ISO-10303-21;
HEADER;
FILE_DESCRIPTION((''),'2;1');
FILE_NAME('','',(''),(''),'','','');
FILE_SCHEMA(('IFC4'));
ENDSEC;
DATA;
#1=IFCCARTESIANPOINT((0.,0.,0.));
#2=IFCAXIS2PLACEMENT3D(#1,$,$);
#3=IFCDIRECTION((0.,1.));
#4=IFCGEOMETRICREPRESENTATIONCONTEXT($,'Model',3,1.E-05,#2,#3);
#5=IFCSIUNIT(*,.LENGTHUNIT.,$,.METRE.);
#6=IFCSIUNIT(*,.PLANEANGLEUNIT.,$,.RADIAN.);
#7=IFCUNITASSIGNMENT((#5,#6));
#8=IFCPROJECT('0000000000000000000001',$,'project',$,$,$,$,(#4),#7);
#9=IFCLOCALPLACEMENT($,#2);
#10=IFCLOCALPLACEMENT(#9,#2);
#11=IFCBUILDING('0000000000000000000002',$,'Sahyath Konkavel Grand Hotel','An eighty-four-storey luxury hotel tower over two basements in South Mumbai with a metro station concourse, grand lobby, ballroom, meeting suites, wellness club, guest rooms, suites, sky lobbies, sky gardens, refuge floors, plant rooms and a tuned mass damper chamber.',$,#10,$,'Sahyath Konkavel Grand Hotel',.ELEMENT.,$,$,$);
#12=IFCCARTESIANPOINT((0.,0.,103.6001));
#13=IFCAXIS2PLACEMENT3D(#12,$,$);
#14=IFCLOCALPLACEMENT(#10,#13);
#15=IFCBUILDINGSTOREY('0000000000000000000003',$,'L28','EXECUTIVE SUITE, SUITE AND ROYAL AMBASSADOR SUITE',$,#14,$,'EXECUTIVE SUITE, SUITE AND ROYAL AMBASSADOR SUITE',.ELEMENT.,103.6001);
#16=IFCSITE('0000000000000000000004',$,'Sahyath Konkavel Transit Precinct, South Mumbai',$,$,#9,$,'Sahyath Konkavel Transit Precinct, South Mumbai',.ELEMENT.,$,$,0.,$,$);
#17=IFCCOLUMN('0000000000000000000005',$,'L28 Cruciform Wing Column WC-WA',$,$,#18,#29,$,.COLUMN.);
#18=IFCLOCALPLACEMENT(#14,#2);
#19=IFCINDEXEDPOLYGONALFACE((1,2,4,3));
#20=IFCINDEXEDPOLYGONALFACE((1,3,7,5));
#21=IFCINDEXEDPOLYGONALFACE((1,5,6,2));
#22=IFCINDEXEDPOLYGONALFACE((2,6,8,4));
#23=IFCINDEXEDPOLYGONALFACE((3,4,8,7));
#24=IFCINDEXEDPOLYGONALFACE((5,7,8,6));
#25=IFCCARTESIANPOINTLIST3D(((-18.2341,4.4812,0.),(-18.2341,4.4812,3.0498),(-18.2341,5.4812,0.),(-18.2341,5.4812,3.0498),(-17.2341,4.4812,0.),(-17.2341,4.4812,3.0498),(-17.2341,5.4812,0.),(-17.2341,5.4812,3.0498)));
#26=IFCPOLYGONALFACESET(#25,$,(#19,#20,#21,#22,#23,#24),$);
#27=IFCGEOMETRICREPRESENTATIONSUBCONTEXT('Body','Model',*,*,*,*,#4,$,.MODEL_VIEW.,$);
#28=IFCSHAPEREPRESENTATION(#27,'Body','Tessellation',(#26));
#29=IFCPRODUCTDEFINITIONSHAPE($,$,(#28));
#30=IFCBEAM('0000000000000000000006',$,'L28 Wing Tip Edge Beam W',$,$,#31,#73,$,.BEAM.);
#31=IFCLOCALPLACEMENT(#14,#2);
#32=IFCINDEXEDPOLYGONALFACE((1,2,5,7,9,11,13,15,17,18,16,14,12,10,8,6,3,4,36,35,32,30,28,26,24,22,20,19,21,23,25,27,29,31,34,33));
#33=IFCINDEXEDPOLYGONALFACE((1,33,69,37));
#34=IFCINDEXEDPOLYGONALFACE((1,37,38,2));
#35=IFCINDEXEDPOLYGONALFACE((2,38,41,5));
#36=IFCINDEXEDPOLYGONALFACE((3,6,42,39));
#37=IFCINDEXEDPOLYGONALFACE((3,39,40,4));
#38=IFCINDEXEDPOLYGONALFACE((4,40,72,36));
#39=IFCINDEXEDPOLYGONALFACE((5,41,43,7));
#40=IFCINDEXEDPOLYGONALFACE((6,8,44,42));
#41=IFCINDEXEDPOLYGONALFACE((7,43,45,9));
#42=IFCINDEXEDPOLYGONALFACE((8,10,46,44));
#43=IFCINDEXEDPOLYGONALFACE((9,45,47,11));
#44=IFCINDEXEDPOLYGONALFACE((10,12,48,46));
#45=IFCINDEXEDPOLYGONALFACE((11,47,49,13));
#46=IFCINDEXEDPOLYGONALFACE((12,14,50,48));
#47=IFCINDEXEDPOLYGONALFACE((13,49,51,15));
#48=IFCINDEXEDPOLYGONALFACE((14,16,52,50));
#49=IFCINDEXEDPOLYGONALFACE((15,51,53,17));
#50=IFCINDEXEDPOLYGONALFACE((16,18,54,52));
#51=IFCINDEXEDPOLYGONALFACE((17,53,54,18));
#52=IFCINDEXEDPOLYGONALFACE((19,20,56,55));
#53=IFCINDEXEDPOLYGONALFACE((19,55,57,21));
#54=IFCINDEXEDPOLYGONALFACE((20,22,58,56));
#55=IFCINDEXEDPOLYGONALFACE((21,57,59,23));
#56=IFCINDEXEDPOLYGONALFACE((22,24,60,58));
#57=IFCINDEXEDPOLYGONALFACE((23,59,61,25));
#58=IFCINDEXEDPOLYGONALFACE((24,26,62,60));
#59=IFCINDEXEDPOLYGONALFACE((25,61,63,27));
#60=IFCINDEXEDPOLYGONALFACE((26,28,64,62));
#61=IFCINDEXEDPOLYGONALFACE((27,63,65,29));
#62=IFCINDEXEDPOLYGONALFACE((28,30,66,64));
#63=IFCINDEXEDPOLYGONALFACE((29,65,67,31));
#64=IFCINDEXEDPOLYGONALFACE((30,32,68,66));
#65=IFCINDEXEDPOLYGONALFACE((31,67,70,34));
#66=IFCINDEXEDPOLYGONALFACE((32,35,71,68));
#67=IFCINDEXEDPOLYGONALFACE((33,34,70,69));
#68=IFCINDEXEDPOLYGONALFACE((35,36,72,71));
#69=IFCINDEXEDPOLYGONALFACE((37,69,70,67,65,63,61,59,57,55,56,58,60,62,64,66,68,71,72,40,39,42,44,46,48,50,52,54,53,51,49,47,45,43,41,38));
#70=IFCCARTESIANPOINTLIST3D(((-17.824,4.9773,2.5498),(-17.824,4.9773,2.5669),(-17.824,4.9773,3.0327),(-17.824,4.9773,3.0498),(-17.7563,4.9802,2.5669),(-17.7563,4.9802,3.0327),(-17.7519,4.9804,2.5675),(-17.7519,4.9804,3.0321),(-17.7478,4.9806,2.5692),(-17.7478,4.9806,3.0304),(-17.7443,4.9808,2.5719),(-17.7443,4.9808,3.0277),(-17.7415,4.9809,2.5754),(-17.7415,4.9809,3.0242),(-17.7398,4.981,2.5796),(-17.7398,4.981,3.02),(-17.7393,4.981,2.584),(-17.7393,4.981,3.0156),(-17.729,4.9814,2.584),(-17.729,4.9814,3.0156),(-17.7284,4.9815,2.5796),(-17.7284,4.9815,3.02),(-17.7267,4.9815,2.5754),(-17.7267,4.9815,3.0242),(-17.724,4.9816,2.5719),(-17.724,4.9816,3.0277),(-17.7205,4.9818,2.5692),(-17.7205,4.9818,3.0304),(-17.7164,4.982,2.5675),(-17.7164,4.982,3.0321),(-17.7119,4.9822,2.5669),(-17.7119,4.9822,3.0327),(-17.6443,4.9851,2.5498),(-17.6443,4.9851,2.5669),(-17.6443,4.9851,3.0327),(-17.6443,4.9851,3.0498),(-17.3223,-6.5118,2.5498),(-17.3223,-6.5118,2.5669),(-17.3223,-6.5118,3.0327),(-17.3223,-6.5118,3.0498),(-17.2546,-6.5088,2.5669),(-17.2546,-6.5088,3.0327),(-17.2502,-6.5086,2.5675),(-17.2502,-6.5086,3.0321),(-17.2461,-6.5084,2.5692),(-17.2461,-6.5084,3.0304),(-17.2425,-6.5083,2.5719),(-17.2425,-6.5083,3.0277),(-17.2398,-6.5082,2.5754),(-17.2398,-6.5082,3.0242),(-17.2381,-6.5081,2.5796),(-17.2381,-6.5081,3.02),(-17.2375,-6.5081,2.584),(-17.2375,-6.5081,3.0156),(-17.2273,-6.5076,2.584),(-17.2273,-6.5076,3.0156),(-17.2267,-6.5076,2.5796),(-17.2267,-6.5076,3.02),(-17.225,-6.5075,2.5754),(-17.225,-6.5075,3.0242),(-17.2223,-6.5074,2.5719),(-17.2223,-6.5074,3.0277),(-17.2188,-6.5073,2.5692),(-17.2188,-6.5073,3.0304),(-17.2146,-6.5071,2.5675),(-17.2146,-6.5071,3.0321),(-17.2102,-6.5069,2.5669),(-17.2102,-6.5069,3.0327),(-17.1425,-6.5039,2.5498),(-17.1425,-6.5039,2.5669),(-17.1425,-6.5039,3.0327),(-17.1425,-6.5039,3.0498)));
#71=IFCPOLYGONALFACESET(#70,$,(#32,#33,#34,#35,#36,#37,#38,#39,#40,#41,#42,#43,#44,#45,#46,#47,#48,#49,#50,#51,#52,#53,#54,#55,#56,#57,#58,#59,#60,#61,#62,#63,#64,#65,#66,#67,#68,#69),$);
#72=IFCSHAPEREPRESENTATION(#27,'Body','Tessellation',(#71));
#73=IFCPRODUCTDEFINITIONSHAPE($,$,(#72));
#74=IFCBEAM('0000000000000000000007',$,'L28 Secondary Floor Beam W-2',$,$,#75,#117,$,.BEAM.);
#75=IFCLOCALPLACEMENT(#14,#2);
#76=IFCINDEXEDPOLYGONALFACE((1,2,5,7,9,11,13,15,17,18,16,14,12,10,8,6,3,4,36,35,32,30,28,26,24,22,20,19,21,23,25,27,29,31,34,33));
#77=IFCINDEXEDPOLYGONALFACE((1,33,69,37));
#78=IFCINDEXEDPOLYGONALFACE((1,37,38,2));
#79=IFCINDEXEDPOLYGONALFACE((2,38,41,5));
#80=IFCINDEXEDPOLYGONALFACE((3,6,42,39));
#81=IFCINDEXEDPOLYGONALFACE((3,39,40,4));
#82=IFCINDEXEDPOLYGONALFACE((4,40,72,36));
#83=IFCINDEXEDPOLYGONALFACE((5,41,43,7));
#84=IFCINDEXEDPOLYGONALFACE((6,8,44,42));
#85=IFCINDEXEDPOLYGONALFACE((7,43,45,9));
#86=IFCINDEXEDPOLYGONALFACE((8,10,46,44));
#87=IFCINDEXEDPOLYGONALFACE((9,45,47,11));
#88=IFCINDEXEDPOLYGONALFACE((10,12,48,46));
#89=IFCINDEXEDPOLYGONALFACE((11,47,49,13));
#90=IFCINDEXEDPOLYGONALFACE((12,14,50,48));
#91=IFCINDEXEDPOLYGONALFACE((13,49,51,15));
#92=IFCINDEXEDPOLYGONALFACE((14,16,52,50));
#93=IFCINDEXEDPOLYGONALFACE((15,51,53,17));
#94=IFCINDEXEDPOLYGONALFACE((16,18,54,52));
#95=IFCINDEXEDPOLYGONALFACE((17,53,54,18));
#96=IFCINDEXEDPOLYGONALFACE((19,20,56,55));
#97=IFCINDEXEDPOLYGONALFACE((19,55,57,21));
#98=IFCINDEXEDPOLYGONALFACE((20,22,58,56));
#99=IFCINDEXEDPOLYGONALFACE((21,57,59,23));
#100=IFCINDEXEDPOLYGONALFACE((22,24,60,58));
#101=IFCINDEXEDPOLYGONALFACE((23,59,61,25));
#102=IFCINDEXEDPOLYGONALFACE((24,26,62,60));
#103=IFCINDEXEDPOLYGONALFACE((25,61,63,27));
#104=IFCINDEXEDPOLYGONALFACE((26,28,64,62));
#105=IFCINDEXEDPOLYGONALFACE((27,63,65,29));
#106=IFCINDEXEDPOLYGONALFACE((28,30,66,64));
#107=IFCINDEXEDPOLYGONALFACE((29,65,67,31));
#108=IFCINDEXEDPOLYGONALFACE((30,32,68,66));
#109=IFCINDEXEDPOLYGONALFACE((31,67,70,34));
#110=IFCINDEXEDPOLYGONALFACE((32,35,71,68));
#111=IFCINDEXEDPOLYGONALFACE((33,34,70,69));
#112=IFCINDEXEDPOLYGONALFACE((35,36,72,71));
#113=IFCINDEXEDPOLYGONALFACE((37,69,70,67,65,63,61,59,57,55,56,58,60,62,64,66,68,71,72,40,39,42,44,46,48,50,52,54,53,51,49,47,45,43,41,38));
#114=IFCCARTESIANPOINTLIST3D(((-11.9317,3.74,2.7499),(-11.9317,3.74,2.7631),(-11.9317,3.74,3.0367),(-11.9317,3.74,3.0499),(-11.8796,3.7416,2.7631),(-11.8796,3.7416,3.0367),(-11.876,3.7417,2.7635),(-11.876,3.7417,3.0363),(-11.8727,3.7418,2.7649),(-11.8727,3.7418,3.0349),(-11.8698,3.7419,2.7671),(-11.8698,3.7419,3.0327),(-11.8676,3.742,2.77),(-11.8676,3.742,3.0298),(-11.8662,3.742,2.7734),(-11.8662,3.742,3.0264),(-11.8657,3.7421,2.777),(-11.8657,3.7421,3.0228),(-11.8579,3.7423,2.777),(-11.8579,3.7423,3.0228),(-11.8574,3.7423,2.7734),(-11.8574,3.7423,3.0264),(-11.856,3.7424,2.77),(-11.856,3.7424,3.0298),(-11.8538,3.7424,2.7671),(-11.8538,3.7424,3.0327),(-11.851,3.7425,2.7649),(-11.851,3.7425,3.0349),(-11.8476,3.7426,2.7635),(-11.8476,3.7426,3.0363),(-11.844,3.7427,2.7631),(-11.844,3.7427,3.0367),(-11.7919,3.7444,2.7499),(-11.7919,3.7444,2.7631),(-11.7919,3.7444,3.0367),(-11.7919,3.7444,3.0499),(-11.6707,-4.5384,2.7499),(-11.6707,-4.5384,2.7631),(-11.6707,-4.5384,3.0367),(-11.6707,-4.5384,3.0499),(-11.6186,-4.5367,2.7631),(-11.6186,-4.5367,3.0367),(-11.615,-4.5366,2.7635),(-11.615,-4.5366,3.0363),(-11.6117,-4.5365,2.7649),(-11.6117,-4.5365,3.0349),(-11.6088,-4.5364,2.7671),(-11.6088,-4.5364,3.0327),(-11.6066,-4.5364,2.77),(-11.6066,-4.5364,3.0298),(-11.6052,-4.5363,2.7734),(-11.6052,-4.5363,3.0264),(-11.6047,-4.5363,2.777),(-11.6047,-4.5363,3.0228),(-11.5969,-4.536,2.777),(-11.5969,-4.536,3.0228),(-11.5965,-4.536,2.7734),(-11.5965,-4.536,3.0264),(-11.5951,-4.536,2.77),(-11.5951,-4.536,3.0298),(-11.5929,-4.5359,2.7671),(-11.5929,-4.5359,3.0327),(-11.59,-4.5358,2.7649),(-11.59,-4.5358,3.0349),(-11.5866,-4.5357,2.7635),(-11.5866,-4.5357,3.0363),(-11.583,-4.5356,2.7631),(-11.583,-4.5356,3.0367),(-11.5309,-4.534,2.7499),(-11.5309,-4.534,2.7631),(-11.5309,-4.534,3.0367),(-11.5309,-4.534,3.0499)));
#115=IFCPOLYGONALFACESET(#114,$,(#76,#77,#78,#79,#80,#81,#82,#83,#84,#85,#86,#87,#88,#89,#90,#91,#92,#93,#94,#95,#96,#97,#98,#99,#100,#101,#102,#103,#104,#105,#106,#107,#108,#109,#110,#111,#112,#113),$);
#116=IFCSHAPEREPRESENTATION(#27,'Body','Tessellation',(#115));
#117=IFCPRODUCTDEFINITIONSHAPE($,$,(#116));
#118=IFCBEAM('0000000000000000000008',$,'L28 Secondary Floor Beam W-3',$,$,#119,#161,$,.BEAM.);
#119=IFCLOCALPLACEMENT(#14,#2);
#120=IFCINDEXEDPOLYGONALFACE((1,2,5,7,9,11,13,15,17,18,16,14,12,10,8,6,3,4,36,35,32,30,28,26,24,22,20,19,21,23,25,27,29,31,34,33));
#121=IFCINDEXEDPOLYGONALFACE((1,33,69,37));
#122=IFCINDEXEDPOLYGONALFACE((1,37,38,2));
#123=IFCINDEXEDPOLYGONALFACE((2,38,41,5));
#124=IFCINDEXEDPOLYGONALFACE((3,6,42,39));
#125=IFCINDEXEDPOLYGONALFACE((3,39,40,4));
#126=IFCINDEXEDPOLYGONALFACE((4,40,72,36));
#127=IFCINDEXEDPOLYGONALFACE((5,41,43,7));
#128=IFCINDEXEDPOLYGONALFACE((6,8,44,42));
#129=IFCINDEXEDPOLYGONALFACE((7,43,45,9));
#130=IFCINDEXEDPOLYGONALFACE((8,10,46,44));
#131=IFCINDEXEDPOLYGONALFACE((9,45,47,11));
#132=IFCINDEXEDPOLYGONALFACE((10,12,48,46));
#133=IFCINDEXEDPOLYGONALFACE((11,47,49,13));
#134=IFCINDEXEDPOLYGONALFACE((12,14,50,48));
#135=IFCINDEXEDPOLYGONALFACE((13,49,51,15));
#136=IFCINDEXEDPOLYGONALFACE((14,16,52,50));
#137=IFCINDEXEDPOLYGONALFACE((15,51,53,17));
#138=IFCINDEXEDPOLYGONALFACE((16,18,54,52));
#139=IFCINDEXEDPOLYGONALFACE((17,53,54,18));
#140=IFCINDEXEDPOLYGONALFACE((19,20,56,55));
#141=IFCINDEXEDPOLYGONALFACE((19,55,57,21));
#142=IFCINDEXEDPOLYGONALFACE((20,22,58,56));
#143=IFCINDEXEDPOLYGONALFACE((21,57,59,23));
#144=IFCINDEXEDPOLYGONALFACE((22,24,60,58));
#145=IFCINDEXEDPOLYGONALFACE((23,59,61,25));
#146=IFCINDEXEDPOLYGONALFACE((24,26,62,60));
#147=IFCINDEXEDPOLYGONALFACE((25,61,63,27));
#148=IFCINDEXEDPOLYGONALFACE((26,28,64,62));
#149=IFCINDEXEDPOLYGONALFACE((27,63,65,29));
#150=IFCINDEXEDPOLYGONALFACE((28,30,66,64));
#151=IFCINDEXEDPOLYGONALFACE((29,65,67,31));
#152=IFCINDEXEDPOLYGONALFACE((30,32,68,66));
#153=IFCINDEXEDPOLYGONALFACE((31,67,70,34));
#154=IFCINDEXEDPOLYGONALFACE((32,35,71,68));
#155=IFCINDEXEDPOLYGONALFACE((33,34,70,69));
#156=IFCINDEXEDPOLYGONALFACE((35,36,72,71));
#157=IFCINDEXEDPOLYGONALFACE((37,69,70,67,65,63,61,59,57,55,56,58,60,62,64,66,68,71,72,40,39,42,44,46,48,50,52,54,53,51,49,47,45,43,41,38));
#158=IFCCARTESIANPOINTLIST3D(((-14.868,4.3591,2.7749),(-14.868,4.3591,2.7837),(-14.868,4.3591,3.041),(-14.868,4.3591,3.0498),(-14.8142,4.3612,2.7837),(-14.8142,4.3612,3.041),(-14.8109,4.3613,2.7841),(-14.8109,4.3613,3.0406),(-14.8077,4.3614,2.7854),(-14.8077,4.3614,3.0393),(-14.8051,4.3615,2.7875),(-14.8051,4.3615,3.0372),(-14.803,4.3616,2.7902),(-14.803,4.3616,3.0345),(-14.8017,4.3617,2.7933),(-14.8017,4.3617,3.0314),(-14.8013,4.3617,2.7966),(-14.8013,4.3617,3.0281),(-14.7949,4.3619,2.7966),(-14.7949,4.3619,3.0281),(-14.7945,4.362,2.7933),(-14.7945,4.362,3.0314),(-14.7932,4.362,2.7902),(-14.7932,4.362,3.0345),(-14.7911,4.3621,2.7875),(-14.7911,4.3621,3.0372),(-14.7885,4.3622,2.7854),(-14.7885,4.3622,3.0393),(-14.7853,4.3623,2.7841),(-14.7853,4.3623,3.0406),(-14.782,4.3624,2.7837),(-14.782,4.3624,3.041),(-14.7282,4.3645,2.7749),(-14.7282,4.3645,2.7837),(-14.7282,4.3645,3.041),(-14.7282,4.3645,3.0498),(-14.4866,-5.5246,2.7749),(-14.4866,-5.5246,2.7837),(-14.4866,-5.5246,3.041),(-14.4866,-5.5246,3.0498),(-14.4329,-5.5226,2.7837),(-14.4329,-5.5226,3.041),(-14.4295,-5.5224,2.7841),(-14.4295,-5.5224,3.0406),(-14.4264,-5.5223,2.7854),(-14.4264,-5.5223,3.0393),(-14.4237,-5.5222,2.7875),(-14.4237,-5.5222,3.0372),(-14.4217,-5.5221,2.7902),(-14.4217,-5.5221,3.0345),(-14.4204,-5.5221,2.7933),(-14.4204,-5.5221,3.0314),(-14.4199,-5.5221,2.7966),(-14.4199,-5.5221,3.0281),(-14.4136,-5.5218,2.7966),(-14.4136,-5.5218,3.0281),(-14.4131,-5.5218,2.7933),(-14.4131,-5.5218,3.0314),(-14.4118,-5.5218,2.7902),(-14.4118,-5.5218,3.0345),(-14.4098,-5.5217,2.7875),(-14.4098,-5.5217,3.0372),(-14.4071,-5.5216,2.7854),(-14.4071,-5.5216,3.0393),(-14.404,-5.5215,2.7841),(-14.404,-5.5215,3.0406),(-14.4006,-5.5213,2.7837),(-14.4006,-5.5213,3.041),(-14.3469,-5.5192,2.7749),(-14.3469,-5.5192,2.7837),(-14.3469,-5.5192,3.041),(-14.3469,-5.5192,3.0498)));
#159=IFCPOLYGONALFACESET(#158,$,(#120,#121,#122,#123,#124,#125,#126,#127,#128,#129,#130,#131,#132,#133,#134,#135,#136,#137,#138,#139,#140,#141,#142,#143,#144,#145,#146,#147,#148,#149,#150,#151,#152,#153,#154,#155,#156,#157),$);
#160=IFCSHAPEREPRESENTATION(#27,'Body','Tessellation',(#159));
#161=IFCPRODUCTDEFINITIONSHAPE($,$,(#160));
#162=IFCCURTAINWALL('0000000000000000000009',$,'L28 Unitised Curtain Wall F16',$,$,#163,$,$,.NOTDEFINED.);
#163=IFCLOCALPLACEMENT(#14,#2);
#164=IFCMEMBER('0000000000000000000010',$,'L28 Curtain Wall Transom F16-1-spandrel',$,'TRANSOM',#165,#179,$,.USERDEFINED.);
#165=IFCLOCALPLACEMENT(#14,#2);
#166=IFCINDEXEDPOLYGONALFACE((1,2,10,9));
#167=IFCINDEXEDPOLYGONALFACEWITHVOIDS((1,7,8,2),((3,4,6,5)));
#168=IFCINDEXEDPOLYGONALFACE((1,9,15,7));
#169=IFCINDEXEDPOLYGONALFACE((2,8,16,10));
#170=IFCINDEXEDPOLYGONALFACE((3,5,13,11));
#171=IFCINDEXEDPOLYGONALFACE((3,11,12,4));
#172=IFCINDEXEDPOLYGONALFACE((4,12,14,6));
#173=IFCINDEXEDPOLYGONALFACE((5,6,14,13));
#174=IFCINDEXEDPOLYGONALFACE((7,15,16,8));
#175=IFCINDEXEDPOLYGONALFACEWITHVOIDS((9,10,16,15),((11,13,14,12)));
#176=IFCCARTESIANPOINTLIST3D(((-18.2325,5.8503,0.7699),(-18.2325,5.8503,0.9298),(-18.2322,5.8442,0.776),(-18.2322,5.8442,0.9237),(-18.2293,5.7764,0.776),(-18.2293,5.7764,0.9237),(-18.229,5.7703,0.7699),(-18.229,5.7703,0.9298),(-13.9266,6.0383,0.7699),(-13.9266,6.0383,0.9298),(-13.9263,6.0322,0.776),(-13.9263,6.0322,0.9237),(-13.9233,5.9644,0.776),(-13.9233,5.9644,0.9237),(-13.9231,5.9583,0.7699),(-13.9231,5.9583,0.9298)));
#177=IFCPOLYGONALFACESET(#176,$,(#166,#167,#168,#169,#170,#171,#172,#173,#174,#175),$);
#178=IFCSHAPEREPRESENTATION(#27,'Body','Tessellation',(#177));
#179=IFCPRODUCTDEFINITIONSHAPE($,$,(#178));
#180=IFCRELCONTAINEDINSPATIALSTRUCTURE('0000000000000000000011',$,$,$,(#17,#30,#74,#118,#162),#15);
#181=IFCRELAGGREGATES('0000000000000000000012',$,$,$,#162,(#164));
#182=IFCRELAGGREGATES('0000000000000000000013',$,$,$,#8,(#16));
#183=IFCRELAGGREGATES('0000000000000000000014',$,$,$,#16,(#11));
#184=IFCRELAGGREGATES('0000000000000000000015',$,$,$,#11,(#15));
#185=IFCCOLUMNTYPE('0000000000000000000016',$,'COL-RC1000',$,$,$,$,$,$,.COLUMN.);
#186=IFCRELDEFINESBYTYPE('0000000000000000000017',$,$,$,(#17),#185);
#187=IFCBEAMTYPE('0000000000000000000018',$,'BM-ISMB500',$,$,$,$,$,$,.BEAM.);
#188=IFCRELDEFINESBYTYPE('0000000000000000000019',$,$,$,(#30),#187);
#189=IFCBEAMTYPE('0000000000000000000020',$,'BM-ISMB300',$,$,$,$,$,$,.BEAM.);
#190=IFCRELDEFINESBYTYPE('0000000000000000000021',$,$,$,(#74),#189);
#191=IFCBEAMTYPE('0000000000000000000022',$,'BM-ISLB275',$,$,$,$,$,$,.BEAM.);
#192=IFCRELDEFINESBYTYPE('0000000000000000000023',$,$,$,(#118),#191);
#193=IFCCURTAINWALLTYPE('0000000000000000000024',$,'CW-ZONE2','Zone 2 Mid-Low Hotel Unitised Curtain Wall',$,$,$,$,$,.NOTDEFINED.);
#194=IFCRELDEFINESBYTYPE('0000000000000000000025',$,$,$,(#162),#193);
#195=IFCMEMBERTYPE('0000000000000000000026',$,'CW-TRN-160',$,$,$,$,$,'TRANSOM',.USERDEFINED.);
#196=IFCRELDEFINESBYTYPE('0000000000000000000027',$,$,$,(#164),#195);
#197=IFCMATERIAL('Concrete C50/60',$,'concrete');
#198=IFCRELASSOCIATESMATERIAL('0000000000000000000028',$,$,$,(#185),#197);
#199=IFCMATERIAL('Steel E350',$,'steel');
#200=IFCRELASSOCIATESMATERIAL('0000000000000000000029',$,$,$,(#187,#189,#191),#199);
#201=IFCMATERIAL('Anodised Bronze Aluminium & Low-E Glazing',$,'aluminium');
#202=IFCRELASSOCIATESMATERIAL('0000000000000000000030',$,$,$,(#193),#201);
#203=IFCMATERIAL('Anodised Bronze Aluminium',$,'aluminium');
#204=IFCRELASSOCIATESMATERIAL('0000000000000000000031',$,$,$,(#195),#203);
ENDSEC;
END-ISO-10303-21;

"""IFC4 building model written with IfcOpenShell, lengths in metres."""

from ifc_helpers import new_model, si_unit, direction, frame, origin, origin_2d, place, context, subcontext, project, spatial, rectangle, hollow_rectangle, i_section, extrude, source, transform, mapped, material, material_profile, profile_set, type_object, element, aggregate, save


model = new_model("IFC4")

# Units and contexts
model_context = context("Model", 3, precision=1e-05, world=origin(), true_north=direction((0.0, 1.0)))
body_context = subcontext(model_context, "Body", "Model", "MODEL_VIEW")
ifc_project = project(units=[si_unit("LENGTHUNIT", "METRE"), si_unit("PLANEANGLEUNIT", "RADIAN")], contexts=[model_context])

# Site, building, storey
site_placement = place(None, origin())
site = spatial("IfcSite", under=ifc_project, at=site_placement, Name="Sahyath Konkavel Transit Precinct, South Mumbai", LongName="Sahyath Konkavel Transit Precinct, South Mumbai", CompositionType="ELEMENT", RefElevation=0.0)
building_placement = place(site_placement, origin())
building = spatial("IfcBuilding", under=site, at=building_placement, Name="Sahyath Konkavel Grand Hotel", Description="An eighty-four-storey luxury hotel tower over two basements in South Mumbai with a metro station concourse, grand lobby, ballroom, meeting suites, wellness club, guest rooms, suites, sky lobbies, sky gardens, refuge floors, plant rooms and a tuned mass damper chamber.", LongName="Sahyath Konkavel Grand Hotel", CompositionType="ELEMENT")
storey_placement = place(building_placement, frame((0.0, 0.0, 103.6001)))
storey = spatial("IfcBuildingStorey", under=building, at=storey_placement, Name="L28", Description="EXECUTIVE SUITE, SUITE AND ROYAL AMBASSADOR SUITE", LongName="EXECUTIVE SUITE, SUITE AND ROYAL AMBASSADOR SUITE", CompositionType="ELEMENT", Elevation=103.6001)

# Column
ifc_material_1 = material(Name="Concrete C50/60", Category="concrete")
ifc_material_profile_1 = material_profile(ifc_material_1, rectangle(XDim=1.0, YDim=1.0, at=origin_2d()), Name="RC 1000x1000")
ifc_profile_set_1 = profile_set([ifc_material_profile_1], Name="Concrete C50/60")
column_type = type_object("IfcColumnType", Name="COL-RC1000", PredefinedType="COLUMN", material=ifc_profile_set_1)
shared_shape_1 = source(origin(), body_context, "Body", "SweptSolid", [
    extrude(rectangle(XDim=1.0, YDim=1.0, at=origin_2d()), origin(), (0.0, 0.0, 1.0), 3.0498),
])
column_placement = place(storey_placement, frame((-17.7341, 4.9812, 0.0), z_axis=(0.0, 0.0, 1.0), x_axis=(1.0, 0.0, 0.0)))
element("IfcColumn", 1, at=column_placement, inside=storey, type_object=column_type, Name="L28 Cruciform Wing Column WC-WA", PredefinedType="COLUMN", context=body_context, shape_type="MappedRepresentation", body=[
    mapped(shared_shape_1, transform((0.0, 0.0, 0.0), scale=1.0)),
])

# Beams
ifc_material_2 = material(Name="Steel E350", Category="steel")
ifc_material_profile_2 = material_profile(ifc_material_2, i_section(OverallWidth=0.1799, OverallDepth=0.5, WebThickness=0.0103, FlangeThickness=0.0171, FilletRadius=0.0171, at=origin_2d()), Name="ISMB 500")
ifc_profile_set_2 = profile_set([ifc_material_profile_2], Name="Steel E350")
beam_type_1 = type_object("IfcBeamType", Name="BM-ISMB500", PredefinedType="BEAM", material=ifc_profile_set_2)
shared_shape_2 = source(origin(), body_context, "Body", "SweptSolid", [
    extrude(i_section(OverallWidth=0.1799, OverallDepth=0.5, WebThickness=0.0103, FlangeThickness=0.0171, FilletRadius=0.0171, at=origin_2d()), origin(), (0.0, 0.0, 1.0), 11.5),
])
beam_1_placement = place(storey_placement, frame((-17.7341, 4.9812, 2.7998), z_axis=(0.043627, -0.999048, 0.0), x_axis=(0.999048, 0.043627, 0.0)))
element("IfcBeam", 2, at=beam_1_placement, inside=storey, type_object=beam_type_1, Name="L28 Wing Tip Edge Beam W", PredefinedType="BEAM", context=body_context, shape_type="MappedRepresentation", body=[
    mapped(shared_shape_2, transform((0.0, 0.0, 0.0), scale=1.0)),
])
ifc_material_profile_3 = material_profile(ifc_material_2, i_section(OverallWidth=0.1399, OverallDepth=0.3, WebThickness=0.0078, FlangeThickness=0.0132, FilletRadius=0.0139, at=origin_2d()), Name="ISMB 300")
ifc_profile_set_3 = profile_set([ifc_material_profile_3], Name="Steel E350")
beam_type_2 = type_object("IfcBeamType", Name="BM-ISMB300", PredefinedType="BEAM", material=ifc_profile_set_3)
shared_shape_3 = source(origin(), body_context, "Body", "SweptSolid", [
    extrude(i_section(OverallWidth=0.1399, OverallDepth=0.3, WebThickness=0.0078, FlangeThickness=0.0132, FilletRadius=0.0139, at=origin_2d()), origin(), (0.0, 0.0, 1.0), 8.2825),
])
beam_2_placement = place(storey_placement, frame((-11.8618, 3.7422, 2.8999), z_axis=(0.031511, -0.999503, 0.0), x_axis=(0.999503, 0.031511, 0.0)))
element("IfcBeam", 3, at=beam_2_placement, inside=storey, type_object=beam_type_2, Name="L28 Secondary Floor Beam W-2", PredefinedType="BEAM", context=body_context, shape_type="MappedRepresentation", body=[
    mapped(shared_shape_3, transform((0.0, 0.0, 0.0), scale=1.0)),
])
ifc_material_profile_4 = material_profile(ifc_material_2, i_section(OverallWidth=0.1399, OverallDepth=0.2749, WebThickness=0.0063, FlangeThickness=0.0088, FilletRadius=0.0129, at=origin_2d()), Name="ISLB 275")
ifc_profile_set_4 = profile_set([ifc_material_profile_4], Name="Steel E350")
beam_type_3 = type_object("IfcBeamType", Name="BM-ISLB275", PredefinedType="BEAM", material=ifc_profile_set_4)
shared_shape_4 = source(origin(), body_context, "Body", "SweptSolid", [
    extrude(i_section(OverallWidth=0.1399, OverallDepth=0.2749, WebThickness=0.0063, FlangeThickness=0.0088, FilletRadius=0.0129, at=origin_2d()), origin(), (0.0, 0.0, 1.0), 9.8911),
])
beam_3_placement = place(storey_placement, frame((-14.7981, 4.3618, 2.9124), z_axis=(0.038554, -0.999257, 0.0), x_axis=(0.999257, 0.038554, 0.0)))
element("IfcBeam", 4, at=beam_3_placement, inside=storey, type_object=beam_type_3, Name="L28 Secondary Floor Beam W-3", PredefinedType="BEAM", context=body_context, shape_type="MappedRepresentation", body=[
    mapped(shared_shape_4, transform((0.0, 0.0, 0.0), scale=1.0)),
])

# Curtain wall, member
ifc_material_3 = material(Name="Anodised Bronze Aluminium & Low-E Glazing", Category="aluminium")
curtain_wall_type = type_object("IfcCurtainWallType", Name="CW-ZONE2", Description="Zone 2 Mid-Low Hotel Unitised Curtain Wall", PredefinedType="NOTDEFINED", material=ifc_material_3)
curtain_wall_1_placement = place(storey_placement, origin())
curtain_wall_1 = element("IfcCurtainWall", 5, at=curtain_wall_1_placement, inside=storey, type_object=curtain_wall_type, Name="L28 Unitised Curtain Wall F16", PredefinedType="NOTDEFINED")
ifc_material_4 = material(Name="Anodised Bronze Aluminium", Category="aluminium")
ifc_material_profile_5 = material_profile(ifc_material_4, hollow_rectangle(XDim=0.0801, YDim=0.1599, WallThickness=0.0061, at=origin_2d()), Name="RHS 160x80x6")
ifc_profile_set_5 = profile_set([ifc_material_profile_5], Name="Anodised Bronze Aluminium")
member_type_1 = type_object("IfcMemberType", Name="CW-TRN-160", ElementType="TRANSOM", PredefinedType="USERDEFINED", material=ifc_profile_set_5)
shared_shape_5 = source(origin(), body_context, "Body", "SweptSolid", [
    extrude(hollow_rectangle(XDim=0.0801, YDim=0.1599, WallThickness=0.0061, at=origin_2d()), origin(), (0.0, 0.0, 1.0), 4.3101),
])
member_1_placement = place(storey_placement, frame((-13.9248, 5.9983, 0.8499), z_axis=(-0.999048, -0.043617, 0.0), x_axis=(0.043617, -0.999048, 0.0)))
member_1 = element("IfcMember", 6, at=member_1_placement, type_object=member_type_1, Name="L28 Curtain Wall Transom F16-1-spandrel", ObjectType="TRANSOM", PredefinedType="USERDEFINED", context=body_context, shape_type="MappedRepresentation", body=[
    mapped(shared_shape_5, transform((0.0, 0.0, 0.0), scale=1.0)),
])

aggregate(curtain_wall_1, [member_1])

save(model, "model.ifc")
